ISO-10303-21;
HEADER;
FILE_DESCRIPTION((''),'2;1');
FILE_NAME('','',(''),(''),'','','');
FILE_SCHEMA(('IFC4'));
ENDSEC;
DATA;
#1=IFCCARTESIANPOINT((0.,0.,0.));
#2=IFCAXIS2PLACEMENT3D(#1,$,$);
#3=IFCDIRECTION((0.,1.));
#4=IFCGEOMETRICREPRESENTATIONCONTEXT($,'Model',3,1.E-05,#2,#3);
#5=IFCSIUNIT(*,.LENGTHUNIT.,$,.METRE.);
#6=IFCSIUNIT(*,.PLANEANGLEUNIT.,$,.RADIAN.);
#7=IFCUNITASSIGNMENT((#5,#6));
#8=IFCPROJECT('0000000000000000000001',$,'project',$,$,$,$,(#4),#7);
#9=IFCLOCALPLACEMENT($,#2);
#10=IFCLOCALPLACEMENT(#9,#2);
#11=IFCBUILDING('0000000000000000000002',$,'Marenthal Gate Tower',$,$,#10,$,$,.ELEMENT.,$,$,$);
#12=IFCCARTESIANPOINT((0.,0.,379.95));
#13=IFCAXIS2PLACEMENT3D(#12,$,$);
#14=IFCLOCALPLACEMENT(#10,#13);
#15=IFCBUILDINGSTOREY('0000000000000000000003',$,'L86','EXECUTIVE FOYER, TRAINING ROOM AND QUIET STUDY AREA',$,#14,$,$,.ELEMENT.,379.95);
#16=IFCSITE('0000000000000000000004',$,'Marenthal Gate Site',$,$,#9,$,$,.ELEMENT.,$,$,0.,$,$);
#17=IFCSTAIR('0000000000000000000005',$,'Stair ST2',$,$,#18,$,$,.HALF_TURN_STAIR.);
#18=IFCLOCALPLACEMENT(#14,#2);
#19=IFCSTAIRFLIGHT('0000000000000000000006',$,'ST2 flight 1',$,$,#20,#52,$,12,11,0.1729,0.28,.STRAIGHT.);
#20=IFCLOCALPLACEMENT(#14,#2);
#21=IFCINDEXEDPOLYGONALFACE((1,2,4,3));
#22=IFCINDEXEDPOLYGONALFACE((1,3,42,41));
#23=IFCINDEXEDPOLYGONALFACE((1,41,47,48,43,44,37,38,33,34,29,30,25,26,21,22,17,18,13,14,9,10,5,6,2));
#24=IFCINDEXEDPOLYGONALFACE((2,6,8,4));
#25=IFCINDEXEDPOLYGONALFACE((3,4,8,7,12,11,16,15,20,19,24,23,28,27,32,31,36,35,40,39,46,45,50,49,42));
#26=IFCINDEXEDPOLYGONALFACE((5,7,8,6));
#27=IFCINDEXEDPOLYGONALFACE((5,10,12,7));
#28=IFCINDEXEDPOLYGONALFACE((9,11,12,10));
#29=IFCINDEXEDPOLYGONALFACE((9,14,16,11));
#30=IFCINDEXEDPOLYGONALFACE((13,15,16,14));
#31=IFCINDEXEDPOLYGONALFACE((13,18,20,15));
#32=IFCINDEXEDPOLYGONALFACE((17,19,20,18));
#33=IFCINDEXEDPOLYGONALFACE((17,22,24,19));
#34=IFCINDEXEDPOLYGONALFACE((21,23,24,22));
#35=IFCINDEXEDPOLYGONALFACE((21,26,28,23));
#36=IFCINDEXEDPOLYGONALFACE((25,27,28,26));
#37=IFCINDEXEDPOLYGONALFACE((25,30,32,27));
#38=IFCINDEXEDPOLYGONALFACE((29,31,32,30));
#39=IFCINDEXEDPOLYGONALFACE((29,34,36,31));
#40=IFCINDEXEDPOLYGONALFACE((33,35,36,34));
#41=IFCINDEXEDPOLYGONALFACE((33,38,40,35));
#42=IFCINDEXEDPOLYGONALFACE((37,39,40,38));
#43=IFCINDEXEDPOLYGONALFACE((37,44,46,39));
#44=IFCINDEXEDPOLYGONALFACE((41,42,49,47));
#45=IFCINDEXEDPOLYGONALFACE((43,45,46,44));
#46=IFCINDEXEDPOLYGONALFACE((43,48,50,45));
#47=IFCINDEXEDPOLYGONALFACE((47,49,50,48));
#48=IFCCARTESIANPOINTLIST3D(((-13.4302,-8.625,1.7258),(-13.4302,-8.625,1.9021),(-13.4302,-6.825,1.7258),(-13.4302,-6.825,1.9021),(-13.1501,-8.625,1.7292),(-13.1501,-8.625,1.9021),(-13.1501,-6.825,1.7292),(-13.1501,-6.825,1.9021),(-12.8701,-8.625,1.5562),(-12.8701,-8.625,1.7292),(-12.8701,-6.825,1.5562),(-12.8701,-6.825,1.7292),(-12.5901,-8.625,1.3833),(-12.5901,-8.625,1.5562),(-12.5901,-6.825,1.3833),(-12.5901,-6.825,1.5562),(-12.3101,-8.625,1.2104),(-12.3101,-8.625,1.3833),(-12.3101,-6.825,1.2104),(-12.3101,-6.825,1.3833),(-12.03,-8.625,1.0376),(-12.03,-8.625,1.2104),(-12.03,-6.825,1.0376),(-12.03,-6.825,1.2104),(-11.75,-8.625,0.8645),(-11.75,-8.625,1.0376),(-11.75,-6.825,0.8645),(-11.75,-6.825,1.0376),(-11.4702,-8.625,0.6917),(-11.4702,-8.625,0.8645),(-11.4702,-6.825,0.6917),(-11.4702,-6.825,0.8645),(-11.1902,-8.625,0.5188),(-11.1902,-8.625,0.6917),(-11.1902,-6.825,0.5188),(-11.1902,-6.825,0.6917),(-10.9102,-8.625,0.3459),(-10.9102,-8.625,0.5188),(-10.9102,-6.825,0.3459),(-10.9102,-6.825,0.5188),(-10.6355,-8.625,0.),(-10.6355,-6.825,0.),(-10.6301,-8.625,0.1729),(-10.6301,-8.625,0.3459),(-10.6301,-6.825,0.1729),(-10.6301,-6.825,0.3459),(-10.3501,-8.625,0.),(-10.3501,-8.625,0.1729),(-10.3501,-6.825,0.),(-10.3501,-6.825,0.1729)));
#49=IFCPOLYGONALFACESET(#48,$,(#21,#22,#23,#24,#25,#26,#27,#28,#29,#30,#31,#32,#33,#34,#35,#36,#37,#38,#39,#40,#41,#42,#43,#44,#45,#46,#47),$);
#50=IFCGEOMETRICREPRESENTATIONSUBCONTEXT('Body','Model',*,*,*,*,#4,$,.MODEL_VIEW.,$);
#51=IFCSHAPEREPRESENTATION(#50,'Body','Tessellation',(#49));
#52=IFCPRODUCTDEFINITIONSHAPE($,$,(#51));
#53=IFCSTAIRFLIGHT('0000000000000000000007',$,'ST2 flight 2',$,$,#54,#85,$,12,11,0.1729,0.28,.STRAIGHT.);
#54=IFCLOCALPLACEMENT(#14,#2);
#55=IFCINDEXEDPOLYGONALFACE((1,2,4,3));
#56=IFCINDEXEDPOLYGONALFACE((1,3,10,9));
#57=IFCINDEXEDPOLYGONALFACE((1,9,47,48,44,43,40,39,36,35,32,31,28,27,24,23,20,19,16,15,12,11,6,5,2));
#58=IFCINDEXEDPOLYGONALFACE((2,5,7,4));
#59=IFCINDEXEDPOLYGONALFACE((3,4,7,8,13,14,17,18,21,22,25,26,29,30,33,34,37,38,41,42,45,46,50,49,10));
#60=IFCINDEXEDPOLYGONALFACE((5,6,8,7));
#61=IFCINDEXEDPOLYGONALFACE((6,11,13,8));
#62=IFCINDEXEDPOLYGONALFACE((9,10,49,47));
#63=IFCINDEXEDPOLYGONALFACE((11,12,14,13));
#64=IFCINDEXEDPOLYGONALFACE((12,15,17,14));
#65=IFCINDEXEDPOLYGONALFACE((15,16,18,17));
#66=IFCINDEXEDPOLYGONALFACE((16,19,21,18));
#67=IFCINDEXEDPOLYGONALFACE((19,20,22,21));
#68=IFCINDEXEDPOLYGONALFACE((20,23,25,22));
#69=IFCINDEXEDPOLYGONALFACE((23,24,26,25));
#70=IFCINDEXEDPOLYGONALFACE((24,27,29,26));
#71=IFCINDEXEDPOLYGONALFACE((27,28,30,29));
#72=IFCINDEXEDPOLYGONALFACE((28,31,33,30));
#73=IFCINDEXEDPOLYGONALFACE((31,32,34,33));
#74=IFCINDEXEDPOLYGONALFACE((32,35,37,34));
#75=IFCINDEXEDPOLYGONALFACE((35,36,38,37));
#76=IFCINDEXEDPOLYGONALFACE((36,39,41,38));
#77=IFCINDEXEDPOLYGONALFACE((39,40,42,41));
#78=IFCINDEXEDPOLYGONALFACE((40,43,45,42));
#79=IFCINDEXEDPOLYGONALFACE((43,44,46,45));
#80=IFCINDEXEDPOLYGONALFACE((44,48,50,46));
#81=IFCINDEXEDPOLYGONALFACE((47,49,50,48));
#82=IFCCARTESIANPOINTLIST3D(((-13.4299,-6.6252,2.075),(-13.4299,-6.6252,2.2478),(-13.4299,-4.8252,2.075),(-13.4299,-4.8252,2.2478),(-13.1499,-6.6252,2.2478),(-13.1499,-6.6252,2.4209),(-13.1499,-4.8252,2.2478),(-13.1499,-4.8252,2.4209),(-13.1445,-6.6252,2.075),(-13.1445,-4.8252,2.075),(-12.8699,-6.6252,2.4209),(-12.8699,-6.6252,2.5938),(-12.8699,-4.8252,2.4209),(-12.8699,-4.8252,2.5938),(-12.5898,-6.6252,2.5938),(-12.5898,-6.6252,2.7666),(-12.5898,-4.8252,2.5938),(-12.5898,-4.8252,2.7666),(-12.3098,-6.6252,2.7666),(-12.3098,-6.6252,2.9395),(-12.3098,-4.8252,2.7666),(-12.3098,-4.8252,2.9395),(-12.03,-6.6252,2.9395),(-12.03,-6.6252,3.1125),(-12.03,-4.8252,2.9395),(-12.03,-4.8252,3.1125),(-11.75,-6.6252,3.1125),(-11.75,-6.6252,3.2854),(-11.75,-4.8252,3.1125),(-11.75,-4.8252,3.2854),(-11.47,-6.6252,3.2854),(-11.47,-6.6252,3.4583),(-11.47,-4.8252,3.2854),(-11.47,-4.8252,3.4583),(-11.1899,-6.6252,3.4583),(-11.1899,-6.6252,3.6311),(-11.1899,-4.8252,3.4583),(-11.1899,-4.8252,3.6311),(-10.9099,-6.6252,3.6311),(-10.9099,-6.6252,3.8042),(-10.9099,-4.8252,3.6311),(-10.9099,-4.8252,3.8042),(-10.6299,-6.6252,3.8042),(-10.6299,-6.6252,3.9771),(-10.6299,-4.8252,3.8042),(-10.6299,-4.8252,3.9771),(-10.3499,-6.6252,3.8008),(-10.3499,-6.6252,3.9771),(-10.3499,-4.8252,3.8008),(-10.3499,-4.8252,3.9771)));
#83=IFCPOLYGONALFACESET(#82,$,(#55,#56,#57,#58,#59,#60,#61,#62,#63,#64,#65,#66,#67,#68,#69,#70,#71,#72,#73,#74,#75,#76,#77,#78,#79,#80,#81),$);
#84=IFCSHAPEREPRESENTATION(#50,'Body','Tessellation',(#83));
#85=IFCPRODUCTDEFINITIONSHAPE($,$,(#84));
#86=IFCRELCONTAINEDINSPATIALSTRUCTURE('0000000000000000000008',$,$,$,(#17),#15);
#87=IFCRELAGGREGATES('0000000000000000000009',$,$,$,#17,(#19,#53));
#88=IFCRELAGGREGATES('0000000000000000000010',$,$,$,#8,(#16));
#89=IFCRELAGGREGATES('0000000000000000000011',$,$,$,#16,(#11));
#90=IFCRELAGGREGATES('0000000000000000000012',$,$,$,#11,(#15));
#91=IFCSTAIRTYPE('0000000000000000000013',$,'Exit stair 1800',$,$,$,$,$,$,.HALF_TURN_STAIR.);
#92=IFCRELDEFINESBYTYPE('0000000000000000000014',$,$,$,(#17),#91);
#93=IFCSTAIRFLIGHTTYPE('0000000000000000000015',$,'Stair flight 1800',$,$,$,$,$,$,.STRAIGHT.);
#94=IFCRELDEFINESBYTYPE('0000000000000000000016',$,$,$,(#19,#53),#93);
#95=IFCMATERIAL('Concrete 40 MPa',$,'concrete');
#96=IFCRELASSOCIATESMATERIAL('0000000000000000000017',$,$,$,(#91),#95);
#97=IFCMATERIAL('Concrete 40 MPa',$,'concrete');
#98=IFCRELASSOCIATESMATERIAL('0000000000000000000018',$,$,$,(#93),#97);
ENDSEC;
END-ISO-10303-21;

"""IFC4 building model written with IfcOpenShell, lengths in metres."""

from ifc_helpers import new_model, si_unit, direction, frame, origin, place, context, subcontext, project, spatial, polyline, outline, extrude, material, type_object, element, aggregate, save


model = new_model("IFC4")

# Units and contexts
model_context = context("Model", 3, precision=1e-05, world=origin(), true_north=direction((0.0, 1.0)))
body_context = subcontext(model_context, "Body", "Model", "MODEL_VIEW")
ifc_project = project(units=[si_unit("LENGTHUNIT", "METRE"), si_unit("PLANEANGLEUNIT", "RADIAN")], contexts=[model_context])

# Site, building, storey
site_placement = place(None, origin())
site = spatial("IfcSite", under=ifc_project, at=site_placement, Name="Marenthal Gate Site", CompositionType="ELEMENT", RefElevation=0.0)
building_placement = place(site_placement, origin())
building = spatial("IfcBuilding", under=site, at=building_placement, Name="Marenthal Gate Tower", CompositionType="ELEMENT")
storey_placement = place(building_placement, frame((0.0, 0.0, 379.95)))
storey = spatial("IfcBuildingStorey", under=building, at=storey_placement, Name="L86", Description="EXECUTIVE FOYER, TRAINING ROOM AND QUIET STUDY AREA", CompositionType="ELEMENT", Elevation=379.95)

# Stair, stair flights
ifc_material_1 = material(Name="Concrete 40 MPa", Category="concrete")
stair_type = type_object("IfcStairType", Name="Exit stair 1800", PredefinedType="HALF_TURN_STAIR", material=ifc_material_1)
stair_placement = place(storey_placement, origin())
stair = element("IfcStair", 1, at=stair_placement, inside=storey, type_object=stair_type, Name="Stair ST2", PredefinedType="HALF_TURN_STAIR")
ifc_material_2 = material(Name="Concrete 40 MPa", Category="concrete")
stair_flight_type = type_object("IfcStairFlightType", Name="Stair flight 1800", PredefinedType="STRAIGHT", material=ifc_material_2)
stair_flight_1_placement = place(storey_placement, frame((-10.3501, -7.7251, 0.0), z_axis=(0.0, 0.0, 1.0), x_axis=(-1.0, 0.0, 0.0)))
stair_flight_1 = element("IfcStairFlight", 2, at=stair_flight_1_placement, type_object=stair_flight_type, Name="ST2 flight 1", NumberOfRisers=12, NumberOfTreads=11, PredefinedType="STRAIGHT", RiserHeight=0.1729, TreadLength=0.28, context=body_context, shape_type="SweptSolid", body=[
    extrude(outline(polyline([(0.0, 0.0), (0.0, 0.1729), (0.28, 0.1729), (0.28, 0.3459), (0.5601, 0.3459), (0.5601, 0.5188), (0.8401, 0.5188), (0.8401, 0.6917), (1.1201, 0.6917), (1.1201, 0.8645), (1.3999, 0.8645), (1.3999, 1.0376), (1.6799, 1.0376), (1.6799, 1.2104), (1.96, 1.2104), (1.96, 1.3833), (2.24, 1.3833), (2.24, 1.5562), (2.52, 1.5562), (2.52, 1.7292), (2.8, 1.7292), (2.8, 1.9021), (3.0801, 1.9021), (3.0801, 2.075), (3.0801, 1.7258), (0.2854, 0.0), (0.0, 0.0)])), frame((0.0, 0.8999, 0.0), z_axis=(0.0, -1.0, 0.0), x_axis=(1.0, 0.0, 0.0)), (0.0, 0.0, 1.0), 1.8),
])
stair_flight_2_placement = place(storey_placement, frame((-13.4299, -5.7251, 2.075), z_axis=(0.0, 0.0, 1.0), x_axis=(1.0, 0.0, 0.0)))
stair_flight_2 = element("IfcStairFlight", 3, at=stair_flight_2_placement, type_object=stair_flight_type, Name="ST2 flight 2", NumberOfRisers=12, NumberOfTreads=11, PredefinedType="STRAIGHT", RiserHeight=0.1729, TreadLength=0.28, context=body_context, shape_type="SweptSolid", body=[
    extrude(outline(polyline([(0.0, 0.0), (0.0, 0.1729), (0.28, 0.1729), (0.28, 0.3459), (0.5601, 0.3459), (0.5601, 0.5188), (0.8401, 0.5188), (0.8401, 0.6917), (1.1201, 0.6917), (1.1201, 0.8645), (1.3999, 0.8645), (1.3999, 1.0376), (1.6799, 1.0376), (1.6799, 1.2104), (1.96, 1.2104), (1.96, 1.3833), (2.24, 1.3833), (2.24, 1.5562), (2.52, 1.5562), (2.52, 1.7292), (2.8, 1.7292), (2.8, 1.9021), (3.0801, 1.9021), (3.0801, 2.075), (3.0801, 1.7258), (0.2854, 0.0), (0.0, 0.0)])), frame((0.0, 0.8999, 0.0), z_axis=(0.0, -1.0, 0.0), x_axis=(1.0, 0.0, 0.0)), (0.0, 0.0, 1.0), 1.8),
])
aggregate(stair, [stair_flight_1, stair_flight_2])

save(model, "model.ifc")
